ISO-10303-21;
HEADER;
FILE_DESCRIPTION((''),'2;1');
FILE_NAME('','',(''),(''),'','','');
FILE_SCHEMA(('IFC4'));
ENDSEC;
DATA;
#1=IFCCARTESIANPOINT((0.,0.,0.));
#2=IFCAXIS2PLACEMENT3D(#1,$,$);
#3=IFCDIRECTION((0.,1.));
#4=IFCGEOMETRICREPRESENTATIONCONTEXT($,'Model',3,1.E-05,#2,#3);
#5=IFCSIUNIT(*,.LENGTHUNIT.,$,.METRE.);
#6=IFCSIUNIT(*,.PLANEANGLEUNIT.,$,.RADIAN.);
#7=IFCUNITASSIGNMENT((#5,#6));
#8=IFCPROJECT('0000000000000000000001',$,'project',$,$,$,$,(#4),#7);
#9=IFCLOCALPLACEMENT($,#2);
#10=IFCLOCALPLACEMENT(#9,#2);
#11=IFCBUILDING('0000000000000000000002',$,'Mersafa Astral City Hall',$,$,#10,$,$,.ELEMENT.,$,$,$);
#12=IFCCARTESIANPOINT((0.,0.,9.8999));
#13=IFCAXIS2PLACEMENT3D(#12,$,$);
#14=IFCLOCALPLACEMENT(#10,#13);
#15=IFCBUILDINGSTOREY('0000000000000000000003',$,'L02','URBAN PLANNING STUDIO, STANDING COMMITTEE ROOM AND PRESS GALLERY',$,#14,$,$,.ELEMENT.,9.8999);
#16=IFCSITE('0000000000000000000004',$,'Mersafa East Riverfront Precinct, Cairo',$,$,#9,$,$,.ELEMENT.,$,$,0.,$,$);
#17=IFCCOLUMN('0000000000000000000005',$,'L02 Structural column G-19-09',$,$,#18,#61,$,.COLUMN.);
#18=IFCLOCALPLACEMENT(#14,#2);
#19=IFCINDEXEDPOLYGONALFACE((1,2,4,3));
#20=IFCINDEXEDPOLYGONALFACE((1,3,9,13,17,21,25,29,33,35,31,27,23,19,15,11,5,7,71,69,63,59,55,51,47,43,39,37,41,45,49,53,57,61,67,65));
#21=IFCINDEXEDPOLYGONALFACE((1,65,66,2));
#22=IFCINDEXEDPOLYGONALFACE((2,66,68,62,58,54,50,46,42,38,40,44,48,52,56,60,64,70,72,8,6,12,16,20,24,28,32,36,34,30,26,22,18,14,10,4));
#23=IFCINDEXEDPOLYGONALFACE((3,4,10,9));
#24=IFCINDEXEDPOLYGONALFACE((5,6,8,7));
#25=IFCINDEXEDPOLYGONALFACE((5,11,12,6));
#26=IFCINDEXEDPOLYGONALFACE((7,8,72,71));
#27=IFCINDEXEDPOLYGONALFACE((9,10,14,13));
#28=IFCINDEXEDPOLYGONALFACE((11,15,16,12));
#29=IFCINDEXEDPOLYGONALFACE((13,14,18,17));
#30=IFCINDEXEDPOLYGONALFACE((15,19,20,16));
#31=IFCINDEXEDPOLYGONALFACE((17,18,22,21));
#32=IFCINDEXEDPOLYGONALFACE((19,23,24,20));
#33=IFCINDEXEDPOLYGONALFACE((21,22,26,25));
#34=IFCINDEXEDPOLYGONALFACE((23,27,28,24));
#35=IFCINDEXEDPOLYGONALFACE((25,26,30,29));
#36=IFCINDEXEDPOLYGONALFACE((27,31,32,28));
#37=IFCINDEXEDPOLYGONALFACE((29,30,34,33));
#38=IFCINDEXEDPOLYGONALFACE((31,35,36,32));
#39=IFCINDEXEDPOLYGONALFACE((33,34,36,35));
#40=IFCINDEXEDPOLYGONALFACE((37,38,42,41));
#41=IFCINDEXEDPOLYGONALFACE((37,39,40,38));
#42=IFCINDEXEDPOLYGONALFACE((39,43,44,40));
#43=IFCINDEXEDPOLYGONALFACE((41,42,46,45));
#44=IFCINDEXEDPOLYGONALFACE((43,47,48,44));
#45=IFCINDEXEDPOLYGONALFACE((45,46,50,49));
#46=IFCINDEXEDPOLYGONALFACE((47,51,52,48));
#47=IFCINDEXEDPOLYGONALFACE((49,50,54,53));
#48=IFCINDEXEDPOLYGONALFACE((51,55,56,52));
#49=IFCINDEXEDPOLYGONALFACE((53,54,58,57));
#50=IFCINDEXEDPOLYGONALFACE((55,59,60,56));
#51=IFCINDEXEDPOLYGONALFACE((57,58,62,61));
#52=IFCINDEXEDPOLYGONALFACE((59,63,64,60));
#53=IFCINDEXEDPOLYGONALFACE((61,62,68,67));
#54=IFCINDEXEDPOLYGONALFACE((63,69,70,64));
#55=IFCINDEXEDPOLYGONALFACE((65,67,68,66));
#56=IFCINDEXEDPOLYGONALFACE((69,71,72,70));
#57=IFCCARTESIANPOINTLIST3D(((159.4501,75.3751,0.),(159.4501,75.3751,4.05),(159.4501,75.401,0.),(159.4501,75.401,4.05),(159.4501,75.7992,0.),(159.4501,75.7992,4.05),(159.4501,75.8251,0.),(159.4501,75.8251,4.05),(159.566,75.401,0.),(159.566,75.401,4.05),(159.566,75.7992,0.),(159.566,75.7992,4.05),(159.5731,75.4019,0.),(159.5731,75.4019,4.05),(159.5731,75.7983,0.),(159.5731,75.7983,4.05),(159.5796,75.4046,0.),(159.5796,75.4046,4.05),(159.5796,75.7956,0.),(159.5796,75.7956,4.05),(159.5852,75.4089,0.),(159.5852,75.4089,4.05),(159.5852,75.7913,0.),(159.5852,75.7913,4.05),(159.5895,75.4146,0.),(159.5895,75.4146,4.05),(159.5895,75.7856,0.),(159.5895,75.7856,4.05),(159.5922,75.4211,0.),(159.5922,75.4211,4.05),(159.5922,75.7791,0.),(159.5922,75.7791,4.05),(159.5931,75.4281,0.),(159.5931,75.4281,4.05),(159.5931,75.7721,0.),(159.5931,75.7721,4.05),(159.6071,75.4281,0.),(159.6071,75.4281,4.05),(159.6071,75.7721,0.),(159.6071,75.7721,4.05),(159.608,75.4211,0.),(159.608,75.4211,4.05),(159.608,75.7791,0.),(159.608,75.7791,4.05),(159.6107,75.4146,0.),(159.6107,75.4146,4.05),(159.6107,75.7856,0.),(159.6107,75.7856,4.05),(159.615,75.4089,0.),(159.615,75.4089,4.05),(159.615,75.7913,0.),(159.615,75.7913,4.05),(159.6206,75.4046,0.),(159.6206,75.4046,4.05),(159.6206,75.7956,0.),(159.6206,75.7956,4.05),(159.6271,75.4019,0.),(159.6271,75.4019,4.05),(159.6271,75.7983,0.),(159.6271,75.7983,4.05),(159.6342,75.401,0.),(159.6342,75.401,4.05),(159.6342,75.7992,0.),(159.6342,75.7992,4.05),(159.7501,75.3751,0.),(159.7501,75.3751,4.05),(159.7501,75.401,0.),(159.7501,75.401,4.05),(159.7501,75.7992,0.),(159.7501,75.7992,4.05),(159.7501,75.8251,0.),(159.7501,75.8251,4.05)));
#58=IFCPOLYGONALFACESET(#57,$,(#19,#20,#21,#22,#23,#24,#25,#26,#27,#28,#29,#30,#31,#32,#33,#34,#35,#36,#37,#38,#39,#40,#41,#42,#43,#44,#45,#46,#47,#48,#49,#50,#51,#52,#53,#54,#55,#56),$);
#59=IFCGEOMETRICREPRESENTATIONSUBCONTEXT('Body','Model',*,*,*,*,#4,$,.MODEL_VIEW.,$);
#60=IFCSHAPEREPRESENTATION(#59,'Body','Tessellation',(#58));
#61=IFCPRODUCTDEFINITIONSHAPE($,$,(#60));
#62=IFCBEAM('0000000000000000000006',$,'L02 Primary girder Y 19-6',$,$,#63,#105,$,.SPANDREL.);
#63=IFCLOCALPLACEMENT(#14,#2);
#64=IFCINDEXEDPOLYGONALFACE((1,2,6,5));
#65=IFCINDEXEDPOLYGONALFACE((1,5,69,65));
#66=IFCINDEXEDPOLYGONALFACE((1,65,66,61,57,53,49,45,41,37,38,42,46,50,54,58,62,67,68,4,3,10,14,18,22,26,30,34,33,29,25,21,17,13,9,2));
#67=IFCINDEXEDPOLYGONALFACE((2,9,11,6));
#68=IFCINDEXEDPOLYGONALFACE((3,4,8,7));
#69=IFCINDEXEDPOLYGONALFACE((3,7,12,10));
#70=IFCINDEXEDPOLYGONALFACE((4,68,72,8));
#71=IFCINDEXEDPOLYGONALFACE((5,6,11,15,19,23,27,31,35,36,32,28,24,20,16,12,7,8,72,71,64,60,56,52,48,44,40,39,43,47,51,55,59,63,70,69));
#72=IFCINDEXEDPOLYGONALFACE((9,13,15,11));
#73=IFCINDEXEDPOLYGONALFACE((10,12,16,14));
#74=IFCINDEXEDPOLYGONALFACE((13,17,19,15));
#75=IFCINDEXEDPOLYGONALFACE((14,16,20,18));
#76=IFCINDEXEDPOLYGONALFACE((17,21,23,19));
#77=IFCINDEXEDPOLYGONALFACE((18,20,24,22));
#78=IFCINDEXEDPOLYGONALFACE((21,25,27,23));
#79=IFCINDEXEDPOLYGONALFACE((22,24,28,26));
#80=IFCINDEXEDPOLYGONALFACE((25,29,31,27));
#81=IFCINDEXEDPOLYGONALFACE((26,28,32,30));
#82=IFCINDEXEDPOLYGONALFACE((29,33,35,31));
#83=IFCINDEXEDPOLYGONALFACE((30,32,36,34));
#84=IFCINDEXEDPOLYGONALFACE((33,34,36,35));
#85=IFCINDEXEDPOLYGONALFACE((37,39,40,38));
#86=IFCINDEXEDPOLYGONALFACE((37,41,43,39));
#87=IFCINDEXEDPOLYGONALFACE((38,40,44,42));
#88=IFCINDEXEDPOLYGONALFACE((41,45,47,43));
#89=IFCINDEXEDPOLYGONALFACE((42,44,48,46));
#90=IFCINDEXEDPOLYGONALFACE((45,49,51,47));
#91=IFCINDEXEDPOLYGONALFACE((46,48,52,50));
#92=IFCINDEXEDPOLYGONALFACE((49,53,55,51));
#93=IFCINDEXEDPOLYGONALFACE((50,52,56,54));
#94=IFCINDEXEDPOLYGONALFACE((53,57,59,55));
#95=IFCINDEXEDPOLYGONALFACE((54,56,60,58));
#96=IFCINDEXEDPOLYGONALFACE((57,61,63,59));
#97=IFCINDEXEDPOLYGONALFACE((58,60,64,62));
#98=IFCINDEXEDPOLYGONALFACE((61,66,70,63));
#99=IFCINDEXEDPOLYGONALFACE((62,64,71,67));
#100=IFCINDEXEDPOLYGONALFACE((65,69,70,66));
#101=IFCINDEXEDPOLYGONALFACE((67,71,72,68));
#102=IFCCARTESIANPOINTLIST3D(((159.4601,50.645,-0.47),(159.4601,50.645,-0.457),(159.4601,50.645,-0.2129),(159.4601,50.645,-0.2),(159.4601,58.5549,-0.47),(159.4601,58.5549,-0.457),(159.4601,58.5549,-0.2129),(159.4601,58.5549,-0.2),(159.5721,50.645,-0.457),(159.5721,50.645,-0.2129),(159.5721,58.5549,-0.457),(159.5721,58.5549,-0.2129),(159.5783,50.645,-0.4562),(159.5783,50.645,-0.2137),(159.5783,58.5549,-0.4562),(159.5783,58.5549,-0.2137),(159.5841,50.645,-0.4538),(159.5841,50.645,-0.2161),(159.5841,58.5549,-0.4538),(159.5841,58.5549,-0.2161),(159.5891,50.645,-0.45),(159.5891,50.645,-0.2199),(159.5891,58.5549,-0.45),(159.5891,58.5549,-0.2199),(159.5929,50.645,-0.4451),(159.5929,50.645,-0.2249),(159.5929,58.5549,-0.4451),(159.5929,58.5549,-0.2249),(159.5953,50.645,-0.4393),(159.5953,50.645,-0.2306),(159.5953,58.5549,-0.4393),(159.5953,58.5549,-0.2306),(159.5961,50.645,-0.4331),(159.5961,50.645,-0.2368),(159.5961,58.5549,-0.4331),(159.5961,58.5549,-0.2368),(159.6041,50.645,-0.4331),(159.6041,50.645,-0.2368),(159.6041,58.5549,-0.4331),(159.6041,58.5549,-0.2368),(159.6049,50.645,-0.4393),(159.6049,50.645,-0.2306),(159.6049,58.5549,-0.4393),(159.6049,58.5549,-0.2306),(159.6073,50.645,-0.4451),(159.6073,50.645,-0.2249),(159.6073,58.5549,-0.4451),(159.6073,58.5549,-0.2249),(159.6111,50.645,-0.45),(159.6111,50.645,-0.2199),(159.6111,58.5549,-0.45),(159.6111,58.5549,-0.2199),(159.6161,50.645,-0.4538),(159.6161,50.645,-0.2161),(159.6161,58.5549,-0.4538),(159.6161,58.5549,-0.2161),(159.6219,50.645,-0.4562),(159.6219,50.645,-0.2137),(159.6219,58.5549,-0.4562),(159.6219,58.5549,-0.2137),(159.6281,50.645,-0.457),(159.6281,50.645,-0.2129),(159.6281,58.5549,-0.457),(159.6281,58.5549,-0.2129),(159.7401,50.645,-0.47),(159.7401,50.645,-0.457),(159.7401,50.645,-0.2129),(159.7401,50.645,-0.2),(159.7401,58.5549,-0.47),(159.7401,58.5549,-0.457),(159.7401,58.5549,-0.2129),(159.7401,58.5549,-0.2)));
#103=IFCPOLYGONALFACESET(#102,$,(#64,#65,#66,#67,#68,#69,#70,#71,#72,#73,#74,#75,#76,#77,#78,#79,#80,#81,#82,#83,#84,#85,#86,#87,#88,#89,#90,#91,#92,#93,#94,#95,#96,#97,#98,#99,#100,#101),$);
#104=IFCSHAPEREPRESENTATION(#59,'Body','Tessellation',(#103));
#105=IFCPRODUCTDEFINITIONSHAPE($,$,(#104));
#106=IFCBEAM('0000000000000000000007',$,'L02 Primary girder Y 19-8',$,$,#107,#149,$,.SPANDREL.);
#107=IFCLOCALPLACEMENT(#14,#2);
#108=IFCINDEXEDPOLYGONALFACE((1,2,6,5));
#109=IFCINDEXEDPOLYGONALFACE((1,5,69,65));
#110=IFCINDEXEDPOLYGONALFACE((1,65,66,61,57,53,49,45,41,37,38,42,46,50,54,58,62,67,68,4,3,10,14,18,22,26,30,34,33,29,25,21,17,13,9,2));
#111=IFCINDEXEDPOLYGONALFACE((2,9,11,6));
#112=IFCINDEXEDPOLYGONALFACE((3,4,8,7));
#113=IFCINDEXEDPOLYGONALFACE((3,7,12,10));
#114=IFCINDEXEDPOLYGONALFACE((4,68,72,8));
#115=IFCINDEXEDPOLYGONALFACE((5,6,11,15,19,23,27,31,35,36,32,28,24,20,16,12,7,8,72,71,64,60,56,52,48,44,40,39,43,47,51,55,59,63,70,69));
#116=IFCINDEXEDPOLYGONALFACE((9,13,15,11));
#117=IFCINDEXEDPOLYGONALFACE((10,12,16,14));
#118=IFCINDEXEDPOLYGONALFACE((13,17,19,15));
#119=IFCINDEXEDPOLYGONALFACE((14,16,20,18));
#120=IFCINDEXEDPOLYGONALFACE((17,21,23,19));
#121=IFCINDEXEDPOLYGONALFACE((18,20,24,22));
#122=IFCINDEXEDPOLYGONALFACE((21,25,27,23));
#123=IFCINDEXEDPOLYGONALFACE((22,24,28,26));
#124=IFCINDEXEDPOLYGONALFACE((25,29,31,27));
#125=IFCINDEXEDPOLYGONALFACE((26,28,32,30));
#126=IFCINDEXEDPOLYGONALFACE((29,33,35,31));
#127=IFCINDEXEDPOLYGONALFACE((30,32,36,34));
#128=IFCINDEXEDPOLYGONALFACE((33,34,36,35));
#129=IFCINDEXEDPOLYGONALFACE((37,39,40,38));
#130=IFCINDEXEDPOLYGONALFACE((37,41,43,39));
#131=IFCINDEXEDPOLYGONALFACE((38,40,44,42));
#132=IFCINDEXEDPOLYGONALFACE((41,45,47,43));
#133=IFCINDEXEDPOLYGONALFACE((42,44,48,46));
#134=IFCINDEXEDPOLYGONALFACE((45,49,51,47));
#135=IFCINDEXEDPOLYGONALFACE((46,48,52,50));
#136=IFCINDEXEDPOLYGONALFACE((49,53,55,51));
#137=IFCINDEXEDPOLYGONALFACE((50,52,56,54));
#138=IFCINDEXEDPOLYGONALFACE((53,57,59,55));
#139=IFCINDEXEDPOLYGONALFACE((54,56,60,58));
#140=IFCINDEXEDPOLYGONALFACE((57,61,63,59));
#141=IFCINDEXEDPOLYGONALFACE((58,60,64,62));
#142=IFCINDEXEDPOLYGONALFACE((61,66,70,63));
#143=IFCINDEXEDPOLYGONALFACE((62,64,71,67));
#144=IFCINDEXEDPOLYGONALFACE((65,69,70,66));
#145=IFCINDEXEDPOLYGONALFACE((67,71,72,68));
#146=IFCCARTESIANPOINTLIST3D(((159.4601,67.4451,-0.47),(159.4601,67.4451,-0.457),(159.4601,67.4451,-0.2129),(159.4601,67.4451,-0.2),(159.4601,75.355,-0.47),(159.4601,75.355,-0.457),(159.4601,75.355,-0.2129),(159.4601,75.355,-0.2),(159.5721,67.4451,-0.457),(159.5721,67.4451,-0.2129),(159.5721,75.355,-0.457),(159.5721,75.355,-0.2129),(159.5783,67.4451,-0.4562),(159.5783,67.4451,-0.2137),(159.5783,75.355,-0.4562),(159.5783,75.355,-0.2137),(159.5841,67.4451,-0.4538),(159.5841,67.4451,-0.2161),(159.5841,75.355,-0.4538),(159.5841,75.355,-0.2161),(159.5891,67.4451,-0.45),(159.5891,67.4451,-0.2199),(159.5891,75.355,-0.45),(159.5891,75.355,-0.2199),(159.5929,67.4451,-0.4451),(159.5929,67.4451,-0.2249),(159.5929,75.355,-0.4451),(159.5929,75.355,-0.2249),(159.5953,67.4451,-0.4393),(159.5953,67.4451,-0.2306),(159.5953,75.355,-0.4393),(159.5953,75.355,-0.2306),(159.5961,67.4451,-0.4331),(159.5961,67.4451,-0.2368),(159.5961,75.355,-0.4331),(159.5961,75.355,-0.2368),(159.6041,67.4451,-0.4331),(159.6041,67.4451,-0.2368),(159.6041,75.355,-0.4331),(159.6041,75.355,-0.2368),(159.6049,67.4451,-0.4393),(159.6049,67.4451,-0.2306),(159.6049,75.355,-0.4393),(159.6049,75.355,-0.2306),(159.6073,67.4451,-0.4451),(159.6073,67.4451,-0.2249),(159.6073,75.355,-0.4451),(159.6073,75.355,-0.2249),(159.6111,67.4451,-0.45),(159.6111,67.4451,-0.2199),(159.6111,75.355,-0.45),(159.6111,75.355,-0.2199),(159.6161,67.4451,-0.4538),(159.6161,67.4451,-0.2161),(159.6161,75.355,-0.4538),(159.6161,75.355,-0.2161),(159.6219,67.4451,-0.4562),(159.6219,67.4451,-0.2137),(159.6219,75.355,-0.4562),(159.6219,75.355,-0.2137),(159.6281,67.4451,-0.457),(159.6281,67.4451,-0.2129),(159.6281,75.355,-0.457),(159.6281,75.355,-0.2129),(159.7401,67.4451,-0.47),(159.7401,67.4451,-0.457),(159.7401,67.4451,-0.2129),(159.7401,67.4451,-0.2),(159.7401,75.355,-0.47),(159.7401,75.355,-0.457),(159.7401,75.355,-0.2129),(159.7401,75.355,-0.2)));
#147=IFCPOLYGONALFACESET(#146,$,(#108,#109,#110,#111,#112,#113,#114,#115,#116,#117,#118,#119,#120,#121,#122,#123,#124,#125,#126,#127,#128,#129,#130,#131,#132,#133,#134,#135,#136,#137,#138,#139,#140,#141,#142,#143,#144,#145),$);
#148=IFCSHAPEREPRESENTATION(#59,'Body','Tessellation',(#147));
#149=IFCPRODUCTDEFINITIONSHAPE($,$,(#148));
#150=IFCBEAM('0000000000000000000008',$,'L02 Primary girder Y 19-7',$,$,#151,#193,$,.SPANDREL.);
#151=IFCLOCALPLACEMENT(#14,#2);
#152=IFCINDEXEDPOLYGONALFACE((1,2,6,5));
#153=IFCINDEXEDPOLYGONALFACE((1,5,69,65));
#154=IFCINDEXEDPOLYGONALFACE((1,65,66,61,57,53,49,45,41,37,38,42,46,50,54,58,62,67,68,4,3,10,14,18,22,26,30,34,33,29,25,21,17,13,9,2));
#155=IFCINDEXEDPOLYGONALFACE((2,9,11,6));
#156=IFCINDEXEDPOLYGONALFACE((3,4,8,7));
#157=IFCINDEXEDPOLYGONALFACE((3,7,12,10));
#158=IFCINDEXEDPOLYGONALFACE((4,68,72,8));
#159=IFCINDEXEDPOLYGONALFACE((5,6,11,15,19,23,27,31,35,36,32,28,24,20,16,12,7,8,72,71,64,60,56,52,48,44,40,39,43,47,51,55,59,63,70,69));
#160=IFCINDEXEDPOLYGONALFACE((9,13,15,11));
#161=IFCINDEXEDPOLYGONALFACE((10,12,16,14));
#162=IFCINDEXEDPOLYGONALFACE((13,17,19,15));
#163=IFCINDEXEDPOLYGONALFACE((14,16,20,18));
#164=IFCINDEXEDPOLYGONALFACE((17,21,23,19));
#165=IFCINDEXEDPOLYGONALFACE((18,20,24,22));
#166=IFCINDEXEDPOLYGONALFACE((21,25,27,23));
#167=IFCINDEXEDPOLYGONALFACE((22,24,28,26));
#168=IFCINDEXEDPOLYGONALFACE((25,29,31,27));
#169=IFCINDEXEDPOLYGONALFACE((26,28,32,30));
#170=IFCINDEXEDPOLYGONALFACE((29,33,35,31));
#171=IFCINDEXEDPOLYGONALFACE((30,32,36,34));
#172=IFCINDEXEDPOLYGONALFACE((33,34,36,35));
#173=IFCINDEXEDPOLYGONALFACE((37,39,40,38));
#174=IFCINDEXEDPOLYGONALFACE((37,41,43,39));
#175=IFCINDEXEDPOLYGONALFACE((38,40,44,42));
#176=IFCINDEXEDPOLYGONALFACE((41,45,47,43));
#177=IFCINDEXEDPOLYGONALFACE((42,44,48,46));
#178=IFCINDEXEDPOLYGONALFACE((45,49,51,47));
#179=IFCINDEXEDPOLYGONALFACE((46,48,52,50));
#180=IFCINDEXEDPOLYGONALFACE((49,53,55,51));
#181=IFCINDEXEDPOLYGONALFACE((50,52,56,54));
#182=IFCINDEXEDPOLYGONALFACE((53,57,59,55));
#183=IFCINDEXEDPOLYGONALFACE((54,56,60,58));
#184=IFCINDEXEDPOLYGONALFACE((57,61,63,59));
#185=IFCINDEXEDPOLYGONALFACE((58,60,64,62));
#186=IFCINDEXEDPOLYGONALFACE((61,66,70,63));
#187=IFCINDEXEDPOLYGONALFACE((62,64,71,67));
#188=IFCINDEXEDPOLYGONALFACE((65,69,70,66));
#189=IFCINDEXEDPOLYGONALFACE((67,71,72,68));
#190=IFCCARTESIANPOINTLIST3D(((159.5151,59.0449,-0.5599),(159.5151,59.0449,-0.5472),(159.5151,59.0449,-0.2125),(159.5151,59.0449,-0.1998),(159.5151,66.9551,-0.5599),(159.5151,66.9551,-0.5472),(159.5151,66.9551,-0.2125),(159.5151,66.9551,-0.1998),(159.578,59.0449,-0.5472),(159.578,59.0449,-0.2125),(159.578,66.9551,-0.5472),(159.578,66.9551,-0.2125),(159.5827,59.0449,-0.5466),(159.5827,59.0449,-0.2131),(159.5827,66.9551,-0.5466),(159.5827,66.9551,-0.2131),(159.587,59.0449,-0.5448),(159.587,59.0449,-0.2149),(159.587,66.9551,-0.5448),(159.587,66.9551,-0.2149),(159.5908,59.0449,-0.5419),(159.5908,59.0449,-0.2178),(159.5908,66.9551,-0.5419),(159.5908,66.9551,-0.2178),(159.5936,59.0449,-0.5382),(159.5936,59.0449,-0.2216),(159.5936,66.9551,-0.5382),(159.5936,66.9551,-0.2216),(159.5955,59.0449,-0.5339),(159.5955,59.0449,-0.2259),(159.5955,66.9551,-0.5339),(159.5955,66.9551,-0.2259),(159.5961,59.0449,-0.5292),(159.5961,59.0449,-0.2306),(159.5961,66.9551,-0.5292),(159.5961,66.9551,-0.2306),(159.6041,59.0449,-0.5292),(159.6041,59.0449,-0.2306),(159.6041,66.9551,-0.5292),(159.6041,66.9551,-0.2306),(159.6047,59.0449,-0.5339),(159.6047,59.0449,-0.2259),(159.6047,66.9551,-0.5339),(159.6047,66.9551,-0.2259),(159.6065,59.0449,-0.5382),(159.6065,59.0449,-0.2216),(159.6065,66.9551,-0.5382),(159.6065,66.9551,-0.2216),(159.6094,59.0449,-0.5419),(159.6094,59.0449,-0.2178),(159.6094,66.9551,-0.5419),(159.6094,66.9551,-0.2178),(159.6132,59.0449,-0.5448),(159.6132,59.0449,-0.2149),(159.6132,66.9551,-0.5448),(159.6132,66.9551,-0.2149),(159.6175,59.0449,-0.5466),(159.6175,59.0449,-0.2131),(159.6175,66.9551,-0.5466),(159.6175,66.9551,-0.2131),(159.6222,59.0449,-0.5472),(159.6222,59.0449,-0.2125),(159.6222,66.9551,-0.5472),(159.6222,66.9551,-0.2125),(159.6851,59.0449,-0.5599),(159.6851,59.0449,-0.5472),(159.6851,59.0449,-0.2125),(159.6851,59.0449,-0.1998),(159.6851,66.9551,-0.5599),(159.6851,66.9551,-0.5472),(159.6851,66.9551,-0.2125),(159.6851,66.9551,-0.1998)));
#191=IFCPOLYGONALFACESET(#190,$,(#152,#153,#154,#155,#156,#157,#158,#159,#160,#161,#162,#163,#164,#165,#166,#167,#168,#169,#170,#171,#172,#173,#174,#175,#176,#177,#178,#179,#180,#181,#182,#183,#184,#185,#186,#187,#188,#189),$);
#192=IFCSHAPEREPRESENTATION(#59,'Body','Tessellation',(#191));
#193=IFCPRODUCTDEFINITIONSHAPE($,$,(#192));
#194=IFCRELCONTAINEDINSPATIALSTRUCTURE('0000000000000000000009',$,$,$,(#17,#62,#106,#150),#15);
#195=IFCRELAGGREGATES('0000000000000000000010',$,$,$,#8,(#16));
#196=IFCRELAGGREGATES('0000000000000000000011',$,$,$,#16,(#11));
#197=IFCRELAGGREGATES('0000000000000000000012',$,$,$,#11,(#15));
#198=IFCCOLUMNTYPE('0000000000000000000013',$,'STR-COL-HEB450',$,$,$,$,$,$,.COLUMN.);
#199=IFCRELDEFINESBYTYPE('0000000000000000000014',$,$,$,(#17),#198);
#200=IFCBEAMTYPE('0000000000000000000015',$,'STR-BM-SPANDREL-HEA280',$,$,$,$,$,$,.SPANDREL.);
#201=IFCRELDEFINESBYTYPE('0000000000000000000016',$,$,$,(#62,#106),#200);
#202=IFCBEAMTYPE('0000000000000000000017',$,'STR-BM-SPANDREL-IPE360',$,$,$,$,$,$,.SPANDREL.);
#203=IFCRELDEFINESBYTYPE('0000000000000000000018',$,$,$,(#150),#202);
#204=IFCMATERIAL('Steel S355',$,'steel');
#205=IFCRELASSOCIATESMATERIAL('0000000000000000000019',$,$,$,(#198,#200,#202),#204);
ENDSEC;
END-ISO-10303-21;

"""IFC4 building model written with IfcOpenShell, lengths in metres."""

from ifc_helpers import new_model, si_unit, direction, frame, origin, origin_2d, place, context, subcontext, project, spatial, i_section, extrude, material, material_profile, profile_set, type_object, element, save


model = new_model("IFC4")

# Units and contexts
model_context = context("Model", 3, precision=1e-05, world=origin(), true_north=direction((0.0, 1.0)))
body_context = subcontext(model_context, "Body", "Model", "MODEL_VIEW")
ifc_project = project(units=[si_unit("LENGTHUNIT", "METRE"), si_unit("PLANEANGLEUNIT", "RADIAN")], contexts=[model_context])

# Site, building, storey
site_placement = place(None, origin())
site = spatial("IfcSite", under=ifc_project, at=site_placement, Name="Mersafa East Riverfront Precinct, Cairo", CompositionType="ELEMENT", RefElevation=0.0)
building_placement = place(site_placement, origin())
building = spatial("IfcBuilding", under=site, at=building_placement, Name="Mersafa Astral City Hall", CompositionType="ELEMENT")
storey_placement = place(building_placement, frame((0.0, 0.0, 9.8999)))
storey = spatial("IfcBuildingStorey", under=building, at=storey_placement, Name="L02", Description="URBAN PLANNING STUDIO, STANDING COMMITTEE ROOM AND PRESS GALLERY", CompositionType="ELEMENT", Elevation=9.8999)

# Column
ifc_material_1 = material(Name="Steel S355", Category="steel")
ifc_material_profile_1 = material_profile(ifc_material_1, i_section(OverallWidth=0.3, OverallDepth=0.45, WebThickness=0.0139, FlangeThickness=0.0259, FilletRadius=0.0271, at=origin_2d()), Name="HEB 450")
ifc_profile_set_1 = profile_set([ifc_material_profile_1], Name="Steel S355")
column_type_1 = type_object("IfcColumnType", Name="STR-COL-HEB450", PredefinedType="COLUMN", material=ifc_profile_set_1)
for number, where, z_axis, x_axis, name in (
    (1, (159.6001, 75.6001, 0.0), (0.0, 0.0, 1.0), (1.0, 0.0, 0.0), "L02 Structural column G-19-09"),
):
    element("IfcColumn", number, at=place(storey_placement, frame(where, z_axis=z_axis, x_axis=x_axis)), inside=storey, type_object=column_type_1, Name=name, PredefinedType="COLUMN", context=body_context, shape_type="SweptSolid", body=[
        extrude(i_section(OverallWidth=0.3, OverallDepth=0.45, WebThickness=0.0139, FlangeThickness=0.0259, FilletRadius=0.0271, at=origin_2d()), origin(), (0.0, 0.0, 1.0), 4.05),
    ])

# Beams
ifc_material_profile_2 = material_profile(ifc_material_1, i_section(OverallWidth=0.28, OverallDepth=0.27, WebThickness=0.0081, FlangeThickness=0.0129, FilletRadius=0.0239, at=origin_2d()), Name="HEA 280")
ifc_profile_set_2 = profile_set([ifc_material_profile_2], Name="Steel S355")
beam_type_1 = type_object("IfcBeamType", Name="STR-BM-SPANDREL-HEA280", PredefinedType="SPANDREL", material=ifc_profile_set_2)
for number, where, z_axis, x_axis, name in (
    (2, (159.6001, 50.645, -0.335), (0.0, 1.0, 0.0), (-1.0, 0.0, 0.0), "L02 Primary girder Y 19-6"),
    (3, (159.6001, 67.4451, -0.335), (0.0, 1.0, 0.0), (-1.0, 0.0, 0.0), "L02 Primary girder Y 19-8"),
):
    element("IfcBeam", number, at=place(storey_placement, frame(where, z_axis=z_axis, x_axis=x_axis)), inside=storey, type_object=beam_type_1, Name=name, PredefinedType="SPANDREL", context=body_context, shape_type="SweptSolid", body=[
        extrude(i_section(OverallWidth=0.28, OverallDepth=0.27, WebThickness=0.0081, FlangeThickness=0.0129, FilletRadius=0.0239, at=origin_2d()), origin(), (0.0, 0.0, 1.0), 7.9099),
    ])
ifc_material_profile_3 = material_profile(ifc_material_1, i_section(OverallWidth=0.1699, OverallDepth=0.3601, WebThickness=0.0081, FlangeThickness=0.0127, FilletRadius=0.0181, at=origin_2d()), Name="IPE 360")
ifc_profile_set_3 = profile_set([ifc_material_profile_3], Name="Steel S355")
beam_type_2 = type_object("IfcBeamType", Name="STR-BM-SPANDREL-IPE360", PredefinedType="SPANDREL", material=ifc_profile_set_3)
beam_1_placement = place(storey_placement, frame((159.6001, 59.0449, -0.3799), z_axis=(0.0, 1.0, 0.0), x_axis=(-1.0, 0.0, 0.0)))
element("IfcBeam", 4, at=beam_1_placement, inside=storey, type_object=beam_type_2, Name="L02 Primary girder Y 19-7", PredefinedType="SPANDREL", context=body_context, shape_type="SweptSolid", body=[
    extrude(i_section(OverallWidth=0.1699, OverallDepth=0.3601, WebThickness=0.0081, FlangeThickness=0.0127, FilletRadius=0.0181, at=origin_2d()), origin(), (0.0, 0.0, 1.0), 7.9102),
])

save(model, "model.ifc")
